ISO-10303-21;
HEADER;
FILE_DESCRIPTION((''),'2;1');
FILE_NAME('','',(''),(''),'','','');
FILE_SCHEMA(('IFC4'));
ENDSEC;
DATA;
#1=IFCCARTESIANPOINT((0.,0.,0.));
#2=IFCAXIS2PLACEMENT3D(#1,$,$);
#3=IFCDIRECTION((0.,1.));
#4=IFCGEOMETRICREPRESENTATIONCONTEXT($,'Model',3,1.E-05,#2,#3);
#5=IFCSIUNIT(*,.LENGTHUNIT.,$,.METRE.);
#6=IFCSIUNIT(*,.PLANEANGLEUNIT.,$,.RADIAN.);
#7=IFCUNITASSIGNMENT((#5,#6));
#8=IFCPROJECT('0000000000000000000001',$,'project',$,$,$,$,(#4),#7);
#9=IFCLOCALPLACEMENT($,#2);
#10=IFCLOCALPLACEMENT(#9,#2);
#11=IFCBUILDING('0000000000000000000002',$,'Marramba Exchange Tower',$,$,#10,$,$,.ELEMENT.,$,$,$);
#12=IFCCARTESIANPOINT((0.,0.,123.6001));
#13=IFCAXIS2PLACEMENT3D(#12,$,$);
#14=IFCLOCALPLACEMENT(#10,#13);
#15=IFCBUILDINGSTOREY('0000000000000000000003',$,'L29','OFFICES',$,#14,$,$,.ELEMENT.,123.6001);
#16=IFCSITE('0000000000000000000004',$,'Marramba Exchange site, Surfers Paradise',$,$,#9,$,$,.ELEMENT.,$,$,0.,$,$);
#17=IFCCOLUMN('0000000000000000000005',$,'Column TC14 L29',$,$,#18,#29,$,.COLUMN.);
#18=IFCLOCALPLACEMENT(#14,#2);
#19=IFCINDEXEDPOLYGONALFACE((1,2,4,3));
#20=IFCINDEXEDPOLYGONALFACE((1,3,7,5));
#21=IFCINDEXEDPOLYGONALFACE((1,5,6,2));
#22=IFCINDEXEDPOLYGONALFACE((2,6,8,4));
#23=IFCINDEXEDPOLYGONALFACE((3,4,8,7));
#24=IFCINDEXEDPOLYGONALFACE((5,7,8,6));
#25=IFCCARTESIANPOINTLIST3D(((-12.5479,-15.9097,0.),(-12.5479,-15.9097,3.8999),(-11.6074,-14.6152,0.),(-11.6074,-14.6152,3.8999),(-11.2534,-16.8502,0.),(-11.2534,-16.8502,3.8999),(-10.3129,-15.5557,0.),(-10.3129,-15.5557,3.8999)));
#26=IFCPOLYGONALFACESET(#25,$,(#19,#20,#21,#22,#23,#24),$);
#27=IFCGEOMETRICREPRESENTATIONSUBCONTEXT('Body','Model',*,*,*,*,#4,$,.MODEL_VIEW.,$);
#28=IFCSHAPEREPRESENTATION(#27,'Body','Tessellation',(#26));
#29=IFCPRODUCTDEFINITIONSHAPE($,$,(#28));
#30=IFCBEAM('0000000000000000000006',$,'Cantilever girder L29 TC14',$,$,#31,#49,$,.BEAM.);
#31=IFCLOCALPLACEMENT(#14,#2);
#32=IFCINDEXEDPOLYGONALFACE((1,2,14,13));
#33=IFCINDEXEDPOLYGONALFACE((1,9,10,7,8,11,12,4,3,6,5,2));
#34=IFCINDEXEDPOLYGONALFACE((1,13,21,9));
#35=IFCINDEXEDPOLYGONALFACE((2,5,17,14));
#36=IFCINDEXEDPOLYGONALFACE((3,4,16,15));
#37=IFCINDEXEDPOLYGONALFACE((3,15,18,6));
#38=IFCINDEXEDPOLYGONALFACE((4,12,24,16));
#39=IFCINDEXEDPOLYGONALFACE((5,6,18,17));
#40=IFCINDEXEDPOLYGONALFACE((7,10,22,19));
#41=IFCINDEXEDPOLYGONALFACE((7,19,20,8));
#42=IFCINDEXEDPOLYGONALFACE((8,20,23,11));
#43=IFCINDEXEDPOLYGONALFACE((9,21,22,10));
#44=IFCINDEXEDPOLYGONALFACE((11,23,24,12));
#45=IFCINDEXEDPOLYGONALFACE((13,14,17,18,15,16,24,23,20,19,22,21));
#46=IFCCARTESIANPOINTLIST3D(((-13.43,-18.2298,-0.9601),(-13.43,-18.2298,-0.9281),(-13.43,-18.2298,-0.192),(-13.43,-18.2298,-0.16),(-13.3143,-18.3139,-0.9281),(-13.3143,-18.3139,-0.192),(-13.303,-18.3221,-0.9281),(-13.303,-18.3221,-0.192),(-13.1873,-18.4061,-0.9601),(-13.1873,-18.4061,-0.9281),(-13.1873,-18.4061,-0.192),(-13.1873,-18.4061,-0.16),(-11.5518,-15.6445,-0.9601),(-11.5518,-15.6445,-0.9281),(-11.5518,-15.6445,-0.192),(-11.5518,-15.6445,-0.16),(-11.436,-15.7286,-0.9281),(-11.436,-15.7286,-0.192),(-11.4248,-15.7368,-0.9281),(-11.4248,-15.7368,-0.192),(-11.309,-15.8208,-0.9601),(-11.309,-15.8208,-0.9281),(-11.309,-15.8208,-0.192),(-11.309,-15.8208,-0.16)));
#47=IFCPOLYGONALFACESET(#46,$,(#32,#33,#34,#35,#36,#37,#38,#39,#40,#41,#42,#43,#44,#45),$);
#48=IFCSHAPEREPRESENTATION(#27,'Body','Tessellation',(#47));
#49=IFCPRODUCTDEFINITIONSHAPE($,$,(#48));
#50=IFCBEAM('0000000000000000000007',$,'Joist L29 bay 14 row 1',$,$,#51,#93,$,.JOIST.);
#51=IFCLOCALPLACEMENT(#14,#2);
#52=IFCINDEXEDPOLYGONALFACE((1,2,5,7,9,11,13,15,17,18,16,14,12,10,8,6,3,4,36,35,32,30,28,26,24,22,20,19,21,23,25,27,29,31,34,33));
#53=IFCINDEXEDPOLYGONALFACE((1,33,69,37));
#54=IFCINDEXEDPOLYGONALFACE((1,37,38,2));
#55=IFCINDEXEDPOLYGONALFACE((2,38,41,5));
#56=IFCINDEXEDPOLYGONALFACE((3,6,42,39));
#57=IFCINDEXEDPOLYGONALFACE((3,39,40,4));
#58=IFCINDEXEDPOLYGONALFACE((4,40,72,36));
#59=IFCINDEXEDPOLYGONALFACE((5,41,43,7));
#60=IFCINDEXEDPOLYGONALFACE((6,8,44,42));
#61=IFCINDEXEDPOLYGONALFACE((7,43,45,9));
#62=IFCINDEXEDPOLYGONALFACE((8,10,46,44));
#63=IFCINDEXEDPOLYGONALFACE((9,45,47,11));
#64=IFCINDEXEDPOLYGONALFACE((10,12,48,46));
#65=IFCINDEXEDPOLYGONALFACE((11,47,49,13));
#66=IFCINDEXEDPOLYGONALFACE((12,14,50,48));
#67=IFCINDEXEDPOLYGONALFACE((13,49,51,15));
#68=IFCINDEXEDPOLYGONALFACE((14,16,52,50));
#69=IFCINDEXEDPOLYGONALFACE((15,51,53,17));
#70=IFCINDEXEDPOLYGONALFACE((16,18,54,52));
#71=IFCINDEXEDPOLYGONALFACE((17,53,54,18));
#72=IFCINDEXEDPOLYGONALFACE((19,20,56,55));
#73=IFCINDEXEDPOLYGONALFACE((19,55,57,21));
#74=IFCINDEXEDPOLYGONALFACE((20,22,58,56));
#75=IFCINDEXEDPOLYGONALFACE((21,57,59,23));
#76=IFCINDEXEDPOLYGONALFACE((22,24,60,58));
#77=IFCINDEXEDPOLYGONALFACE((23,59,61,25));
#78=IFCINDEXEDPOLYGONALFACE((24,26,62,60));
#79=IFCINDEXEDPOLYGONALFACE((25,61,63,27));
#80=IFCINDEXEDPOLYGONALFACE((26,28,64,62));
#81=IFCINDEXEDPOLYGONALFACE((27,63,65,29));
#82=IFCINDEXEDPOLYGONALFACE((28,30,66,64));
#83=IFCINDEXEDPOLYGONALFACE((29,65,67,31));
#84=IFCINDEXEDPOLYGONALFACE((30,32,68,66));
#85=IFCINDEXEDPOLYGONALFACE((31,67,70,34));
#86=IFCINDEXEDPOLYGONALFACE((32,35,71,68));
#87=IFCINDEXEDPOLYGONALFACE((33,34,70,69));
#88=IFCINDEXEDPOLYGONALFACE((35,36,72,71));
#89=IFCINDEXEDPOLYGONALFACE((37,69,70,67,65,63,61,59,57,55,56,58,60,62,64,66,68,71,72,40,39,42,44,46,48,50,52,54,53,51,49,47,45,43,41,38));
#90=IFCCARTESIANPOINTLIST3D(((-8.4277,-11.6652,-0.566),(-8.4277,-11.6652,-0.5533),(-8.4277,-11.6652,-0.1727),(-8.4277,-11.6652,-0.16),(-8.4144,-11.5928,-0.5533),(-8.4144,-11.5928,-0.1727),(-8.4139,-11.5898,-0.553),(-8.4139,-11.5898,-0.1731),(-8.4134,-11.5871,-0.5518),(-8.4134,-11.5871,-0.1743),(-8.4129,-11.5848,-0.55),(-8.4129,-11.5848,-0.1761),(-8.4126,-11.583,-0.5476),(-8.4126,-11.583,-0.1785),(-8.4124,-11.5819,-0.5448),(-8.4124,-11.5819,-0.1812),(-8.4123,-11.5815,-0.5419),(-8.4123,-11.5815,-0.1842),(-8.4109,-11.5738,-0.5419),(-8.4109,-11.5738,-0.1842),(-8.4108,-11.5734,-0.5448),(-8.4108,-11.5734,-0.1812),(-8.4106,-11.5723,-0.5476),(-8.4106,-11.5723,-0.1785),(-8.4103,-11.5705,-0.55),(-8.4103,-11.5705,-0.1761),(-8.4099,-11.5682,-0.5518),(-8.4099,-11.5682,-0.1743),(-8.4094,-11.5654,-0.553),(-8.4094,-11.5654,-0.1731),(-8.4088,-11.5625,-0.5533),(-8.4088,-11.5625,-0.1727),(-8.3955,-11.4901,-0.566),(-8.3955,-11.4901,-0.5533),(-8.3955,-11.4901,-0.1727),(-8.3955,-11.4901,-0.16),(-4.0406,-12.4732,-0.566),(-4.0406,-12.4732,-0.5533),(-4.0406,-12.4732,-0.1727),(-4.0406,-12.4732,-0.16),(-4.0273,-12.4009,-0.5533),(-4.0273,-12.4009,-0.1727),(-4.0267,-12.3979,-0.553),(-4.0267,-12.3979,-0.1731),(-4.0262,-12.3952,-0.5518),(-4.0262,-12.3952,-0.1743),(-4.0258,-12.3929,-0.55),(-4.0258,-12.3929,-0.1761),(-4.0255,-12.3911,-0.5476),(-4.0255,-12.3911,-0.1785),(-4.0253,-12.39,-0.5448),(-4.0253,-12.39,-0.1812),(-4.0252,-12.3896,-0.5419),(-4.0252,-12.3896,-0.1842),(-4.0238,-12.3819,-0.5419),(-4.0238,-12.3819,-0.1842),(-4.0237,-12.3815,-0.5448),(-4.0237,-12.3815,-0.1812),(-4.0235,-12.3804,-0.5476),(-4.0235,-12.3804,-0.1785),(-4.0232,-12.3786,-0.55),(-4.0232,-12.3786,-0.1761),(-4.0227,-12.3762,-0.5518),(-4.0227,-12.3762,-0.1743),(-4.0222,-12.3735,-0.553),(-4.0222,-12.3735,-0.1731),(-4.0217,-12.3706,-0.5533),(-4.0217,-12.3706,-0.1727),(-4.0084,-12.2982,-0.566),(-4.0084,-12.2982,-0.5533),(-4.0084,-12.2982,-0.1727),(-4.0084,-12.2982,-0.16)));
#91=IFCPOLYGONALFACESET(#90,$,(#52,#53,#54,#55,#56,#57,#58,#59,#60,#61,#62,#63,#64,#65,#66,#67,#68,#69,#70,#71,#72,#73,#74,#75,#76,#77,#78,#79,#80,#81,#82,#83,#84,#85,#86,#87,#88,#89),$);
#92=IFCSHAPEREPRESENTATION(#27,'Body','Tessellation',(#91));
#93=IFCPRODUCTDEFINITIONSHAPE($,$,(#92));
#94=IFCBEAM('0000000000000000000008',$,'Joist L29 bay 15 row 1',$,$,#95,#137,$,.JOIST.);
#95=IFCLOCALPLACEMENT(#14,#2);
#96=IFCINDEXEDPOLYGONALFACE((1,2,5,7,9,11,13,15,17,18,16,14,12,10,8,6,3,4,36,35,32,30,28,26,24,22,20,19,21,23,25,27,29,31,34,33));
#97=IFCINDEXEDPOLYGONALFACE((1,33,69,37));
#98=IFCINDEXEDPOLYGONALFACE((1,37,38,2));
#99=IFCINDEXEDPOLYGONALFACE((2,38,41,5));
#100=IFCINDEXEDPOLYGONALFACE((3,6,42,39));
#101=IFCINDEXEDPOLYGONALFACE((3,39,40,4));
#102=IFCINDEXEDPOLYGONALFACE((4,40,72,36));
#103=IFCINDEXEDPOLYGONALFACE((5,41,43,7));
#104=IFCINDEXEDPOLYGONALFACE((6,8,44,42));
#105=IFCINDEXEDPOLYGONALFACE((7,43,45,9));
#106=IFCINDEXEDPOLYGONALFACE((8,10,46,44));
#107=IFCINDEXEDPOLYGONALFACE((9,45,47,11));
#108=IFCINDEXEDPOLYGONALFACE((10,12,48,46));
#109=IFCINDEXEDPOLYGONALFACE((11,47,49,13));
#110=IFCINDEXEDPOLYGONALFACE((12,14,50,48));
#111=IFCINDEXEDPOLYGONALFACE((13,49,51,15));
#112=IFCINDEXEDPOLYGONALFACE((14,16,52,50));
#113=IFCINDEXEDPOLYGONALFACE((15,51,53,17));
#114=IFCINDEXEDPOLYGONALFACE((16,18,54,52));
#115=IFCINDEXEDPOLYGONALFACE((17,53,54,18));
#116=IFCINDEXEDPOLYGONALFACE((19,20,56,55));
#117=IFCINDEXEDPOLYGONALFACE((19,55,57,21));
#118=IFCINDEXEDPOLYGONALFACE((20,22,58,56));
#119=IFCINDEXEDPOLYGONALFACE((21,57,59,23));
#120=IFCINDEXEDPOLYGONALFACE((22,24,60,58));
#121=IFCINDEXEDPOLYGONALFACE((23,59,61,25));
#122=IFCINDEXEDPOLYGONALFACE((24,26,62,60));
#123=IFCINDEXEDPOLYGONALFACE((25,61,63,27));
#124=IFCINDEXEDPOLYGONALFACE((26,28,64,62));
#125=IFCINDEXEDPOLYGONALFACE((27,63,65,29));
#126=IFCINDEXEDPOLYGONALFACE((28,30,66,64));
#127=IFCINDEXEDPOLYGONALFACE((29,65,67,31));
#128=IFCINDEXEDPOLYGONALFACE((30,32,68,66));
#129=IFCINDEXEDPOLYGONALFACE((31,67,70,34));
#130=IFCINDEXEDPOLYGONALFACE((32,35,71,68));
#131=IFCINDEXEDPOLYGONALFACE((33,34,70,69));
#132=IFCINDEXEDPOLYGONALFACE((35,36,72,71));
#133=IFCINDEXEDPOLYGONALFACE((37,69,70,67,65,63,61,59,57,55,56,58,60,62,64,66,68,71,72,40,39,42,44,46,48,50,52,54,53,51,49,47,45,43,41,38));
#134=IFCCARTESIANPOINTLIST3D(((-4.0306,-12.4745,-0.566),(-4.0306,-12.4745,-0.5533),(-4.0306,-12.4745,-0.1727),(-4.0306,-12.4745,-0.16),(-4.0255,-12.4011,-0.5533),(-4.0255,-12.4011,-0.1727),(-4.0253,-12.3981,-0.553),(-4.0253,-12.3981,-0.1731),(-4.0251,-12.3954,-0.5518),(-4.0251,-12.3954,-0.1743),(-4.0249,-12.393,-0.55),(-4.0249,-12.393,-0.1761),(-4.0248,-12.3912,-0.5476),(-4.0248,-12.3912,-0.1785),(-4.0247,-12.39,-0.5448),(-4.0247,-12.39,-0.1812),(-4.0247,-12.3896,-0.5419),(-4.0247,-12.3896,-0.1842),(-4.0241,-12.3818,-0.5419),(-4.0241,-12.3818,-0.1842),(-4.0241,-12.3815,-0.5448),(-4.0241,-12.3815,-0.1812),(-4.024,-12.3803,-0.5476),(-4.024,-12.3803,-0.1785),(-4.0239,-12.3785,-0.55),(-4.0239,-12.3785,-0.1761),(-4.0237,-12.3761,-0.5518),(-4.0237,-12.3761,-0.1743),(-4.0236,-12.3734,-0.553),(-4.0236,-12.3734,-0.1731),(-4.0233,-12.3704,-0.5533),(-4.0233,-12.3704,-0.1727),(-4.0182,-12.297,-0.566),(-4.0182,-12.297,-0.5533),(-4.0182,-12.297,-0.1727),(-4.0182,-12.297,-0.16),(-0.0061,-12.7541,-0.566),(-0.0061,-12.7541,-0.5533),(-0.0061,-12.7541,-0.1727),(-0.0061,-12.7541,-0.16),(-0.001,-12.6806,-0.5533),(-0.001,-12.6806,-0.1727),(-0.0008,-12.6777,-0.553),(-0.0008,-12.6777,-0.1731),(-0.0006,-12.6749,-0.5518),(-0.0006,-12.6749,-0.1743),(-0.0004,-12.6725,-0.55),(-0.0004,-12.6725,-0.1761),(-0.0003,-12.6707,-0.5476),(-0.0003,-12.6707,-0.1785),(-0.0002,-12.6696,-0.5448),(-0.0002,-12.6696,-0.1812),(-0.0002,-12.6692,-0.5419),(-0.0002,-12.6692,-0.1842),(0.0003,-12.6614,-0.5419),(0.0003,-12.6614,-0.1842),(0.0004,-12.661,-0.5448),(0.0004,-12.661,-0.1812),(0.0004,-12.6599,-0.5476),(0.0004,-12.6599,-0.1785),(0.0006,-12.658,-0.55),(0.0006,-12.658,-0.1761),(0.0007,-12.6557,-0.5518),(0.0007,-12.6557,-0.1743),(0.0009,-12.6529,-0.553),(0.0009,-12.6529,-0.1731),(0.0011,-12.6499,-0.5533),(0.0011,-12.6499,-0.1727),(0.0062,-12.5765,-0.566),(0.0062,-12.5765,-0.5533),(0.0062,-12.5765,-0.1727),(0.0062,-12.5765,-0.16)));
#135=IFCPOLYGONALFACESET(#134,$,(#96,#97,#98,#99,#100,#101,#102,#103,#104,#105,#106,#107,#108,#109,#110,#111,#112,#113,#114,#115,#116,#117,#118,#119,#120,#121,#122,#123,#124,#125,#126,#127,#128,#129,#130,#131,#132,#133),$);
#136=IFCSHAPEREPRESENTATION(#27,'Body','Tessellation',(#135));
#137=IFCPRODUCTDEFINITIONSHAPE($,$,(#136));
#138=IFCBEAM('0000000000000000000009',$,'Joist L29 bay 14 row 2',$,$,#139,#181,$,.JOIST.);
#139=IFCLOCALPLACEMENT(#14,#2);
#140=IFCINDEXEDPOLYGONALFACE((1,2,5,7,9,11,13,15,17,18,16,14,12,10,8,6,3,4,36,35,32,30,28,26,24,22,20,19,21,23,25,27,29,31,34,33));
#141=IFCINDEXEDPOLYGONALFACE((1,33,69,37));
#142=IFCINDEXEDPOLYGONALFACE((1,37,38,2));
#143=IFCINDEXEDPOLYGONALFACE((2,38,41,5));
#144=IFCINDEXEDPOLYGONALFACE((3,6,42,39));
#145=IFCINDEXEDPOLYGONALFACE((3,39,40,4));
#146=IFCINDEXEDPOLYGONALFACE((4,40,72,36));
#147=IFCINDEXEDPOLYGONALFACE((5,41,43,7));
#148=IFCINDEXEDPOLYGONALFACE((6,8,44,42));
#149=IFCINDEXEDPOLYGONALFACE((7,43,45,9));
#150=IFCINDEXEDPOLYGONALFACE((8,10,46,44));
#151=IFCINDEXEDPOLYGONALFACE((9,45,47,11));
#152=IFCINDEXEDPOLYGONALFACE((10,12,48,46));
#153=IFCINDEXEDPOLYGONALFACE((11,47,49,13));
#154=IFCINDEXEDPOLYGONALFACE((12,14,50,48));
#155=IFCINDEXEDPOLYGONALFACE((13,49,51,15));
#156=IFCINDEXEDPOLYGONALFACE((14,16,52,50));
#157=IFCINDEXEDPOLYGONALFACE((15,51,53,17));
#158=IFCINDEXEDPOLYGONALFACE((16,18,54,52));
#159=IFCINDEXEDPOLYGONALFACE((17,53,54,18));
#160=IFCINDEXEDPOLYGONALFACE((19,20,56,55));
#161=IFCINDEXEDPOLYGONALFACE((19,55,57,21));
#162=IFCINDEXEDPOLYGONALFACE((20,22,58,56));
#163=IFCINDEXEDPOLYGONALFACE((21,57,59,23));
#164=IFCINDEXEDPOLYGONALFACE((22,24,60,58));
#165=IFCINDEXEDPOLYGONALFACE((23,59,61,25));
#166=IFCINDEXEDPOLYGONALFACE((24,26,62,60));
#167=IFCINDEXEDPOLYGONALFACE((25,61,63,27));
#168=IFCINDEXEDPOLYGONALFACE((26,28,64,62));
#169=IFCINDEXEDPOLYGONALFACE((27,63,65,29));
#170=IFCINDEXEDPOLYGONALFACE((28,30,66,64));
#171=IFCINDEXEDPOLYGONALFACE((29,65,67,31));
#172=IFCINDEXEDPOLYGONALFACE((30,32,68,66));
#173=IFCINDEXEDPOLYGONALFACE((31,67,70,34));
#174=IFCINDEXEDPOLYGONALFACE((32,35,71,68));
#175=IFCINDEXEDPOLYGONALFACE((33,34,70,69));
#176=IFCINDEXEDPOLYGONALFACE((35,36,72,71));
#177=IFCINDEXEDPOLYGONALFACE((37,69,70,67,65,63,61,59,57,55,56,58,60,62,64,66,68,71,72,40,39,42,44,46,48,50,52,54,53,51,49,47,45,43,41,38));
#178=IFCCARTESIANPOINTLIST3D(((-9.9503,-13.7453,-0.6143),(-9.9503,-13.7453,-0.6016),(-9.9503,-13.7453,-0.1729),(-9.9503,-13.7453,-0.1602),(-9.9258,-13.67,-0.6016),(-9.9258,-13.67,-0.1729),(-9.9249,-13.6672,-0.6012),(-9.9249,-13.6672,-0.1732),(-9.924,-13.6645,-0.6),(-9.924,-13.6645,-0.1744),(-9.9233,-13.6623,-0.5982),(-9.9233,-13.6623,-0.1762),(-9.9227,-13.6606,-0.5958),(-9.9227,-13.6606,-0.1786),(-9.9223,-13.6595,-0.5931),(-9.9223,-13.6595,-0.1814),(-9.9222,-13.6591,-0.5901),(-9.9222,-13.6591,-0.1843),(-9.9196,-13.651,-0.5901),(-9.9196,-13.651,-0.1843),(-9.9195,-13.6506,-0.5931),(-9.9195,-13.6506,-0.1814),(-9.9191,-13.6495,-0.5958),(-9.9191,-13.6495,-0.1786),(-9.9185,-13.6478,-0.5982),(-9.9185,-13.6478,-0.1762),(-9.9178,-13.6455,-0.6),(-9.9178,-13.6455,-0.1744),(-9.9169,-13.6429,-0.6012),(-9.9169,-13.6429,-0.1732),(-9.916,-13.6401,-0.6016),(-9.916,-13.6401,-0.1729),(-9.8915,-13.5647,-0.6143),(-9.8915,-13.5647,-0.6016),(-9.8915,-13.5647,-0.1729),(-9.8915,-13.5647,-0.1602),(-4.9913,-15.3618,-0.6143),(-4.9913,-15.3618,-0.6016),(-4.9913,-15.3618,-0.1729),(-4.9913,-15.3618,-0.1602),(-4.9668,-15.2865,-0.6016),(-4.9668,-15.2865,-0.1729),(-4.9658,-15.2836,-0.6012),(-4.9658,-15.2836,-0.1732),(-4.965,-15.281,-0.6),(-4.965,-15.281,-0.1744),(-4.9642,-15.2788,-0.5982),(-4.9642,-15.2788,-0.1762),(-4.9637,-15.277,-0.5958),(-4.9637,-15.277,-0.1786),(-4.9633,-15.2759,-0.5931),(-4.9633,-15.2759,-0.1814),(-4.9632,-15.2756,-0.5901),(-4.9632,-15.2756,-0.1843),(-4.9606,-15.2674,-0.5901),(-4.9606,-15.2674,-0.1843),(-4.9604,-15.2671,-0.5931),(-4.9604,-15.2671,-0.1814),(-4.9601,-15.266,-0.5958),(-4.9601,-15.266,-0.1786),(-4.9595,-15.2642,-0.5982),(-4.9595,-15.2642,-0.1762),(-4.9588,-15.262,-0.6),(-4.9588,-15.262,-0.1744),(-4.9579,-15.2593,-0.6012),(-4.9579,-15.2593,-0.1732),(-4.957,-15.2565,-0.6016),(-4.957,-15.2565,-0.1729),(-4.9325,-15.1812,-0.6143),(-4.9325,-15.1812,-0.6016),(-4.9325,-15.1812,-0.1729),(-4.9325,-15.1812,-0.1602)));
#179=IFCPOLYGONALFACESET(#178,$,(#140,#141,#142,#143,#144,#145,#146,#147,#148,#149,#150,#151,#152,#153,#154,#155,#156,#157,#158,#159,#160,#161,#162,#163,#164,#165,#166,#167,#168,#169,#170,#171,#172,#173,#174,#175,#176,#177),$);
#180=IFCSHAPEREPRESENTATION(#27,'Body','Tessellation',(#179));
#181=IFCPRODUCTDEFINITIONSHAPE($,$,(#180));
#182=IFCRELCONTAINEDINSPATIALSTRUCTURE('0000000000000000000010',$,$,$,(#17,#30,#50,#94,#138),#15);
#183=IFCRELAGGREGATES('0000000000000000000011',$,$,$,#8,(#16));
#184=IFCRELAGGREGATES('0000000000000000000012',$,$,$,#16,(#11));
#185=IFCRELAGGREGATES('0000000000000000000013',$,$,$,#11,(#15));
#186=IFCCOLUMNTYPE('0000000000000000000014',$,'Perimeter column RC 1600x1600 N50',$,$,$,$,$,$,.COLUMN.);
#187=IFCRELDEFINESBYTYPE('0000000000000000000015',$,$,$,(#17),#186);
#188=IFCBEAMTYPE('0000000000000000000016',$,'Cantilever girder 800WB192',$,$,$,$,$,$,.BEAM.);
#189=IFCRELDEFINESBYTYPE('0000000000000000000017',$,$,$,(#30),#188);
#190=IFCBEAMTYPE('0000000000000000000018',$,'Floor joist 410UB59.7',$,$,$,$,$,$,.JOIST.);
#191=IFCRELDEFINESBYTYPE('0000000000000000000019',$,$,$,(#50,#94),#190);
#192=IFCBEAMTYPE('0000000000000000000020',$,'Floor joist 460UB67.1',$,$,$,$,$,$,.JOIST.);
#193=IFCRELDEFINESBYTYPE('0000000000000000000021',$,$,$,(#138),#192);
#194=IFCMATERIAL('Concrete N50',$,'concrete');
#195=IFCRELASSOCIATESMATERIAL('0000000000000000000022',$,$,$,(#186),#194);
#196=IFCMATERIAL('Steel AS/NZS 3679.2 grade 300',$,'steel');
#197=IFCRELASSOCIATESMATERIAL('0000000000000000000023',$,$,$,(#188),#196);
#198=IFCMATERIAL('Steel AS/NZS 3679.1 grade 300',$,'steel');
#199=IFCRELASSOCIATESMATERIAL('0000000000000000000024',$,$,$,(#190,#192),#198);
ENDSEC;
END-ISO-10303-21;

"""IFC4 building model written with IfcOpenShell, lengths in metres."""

from ifc_helpers import new_model, si_unit, direction, frame, origin, origin_2d, place, context, subcontext, project, spatial, rectangle, i_section, extrude, material, material_profile, profile_set, type_object, element, save


model = new_model("IFC4")

# Units and contexts
model_context = context("Model", 3, precision=1e-05, world=origin(), true_north=direction((0.0, 1.0)))
body_context = subcontext(model_context, "Body", "Model", "MODEL_VIEW")
ifc_project = project(units=[si_unit("LENGTHUNIT", "METRE"), si_unit("PLANEANGLEUNIT", "RADIAN")], contexts=[model_context])

# Site, building, storey
site_placement = place(None, origin())
site = spatial("IfcSite", under=ifc_project, at=site_placement, Name="Marramba Exchange site, Surfers Paradise", CompositionType="ELEMENT", RefElevation=0.0)
building_placement = place(site_placement, origin())
building = spatial("IfcBuilding", under=site, at=building_placement, Name="Marramba Exchange Tower", CompositionType="ELEMENT")
storey_placement = place(building_placement, frame((0.0, 0.0, 123.6001)))
storey = spatial("IfcBuildingStorey", under=building, at=storey_placement, Name="L29", Description="OFFICES", CompositionType="ELEMENT", Elevation=123.6001)

# Column
ifc_material_1 = material(Name="Concrete N50", Category="concrete")
ifc_material_profile_1 = material_profile(ifc_material_1, rectangle(XDim=1.6001, YDim=1.6001, at=origin_2d()), Name="RC 1600x1600")
ifc_profile_set_1 = profile_set([ifc_material_profile_1], Name="Concrete N50")
column_type = type_object("IfcColumnType", Name="Perimeter column RC 1600x1600 N50", PredefinedType="COLUMN", material=ifc_profile_set_1)
column_placement = place(storey_placement, frame((-11.4304, -15.7327, 0.0), z_axis=(0.0, 0.0, 1.0), x_axis=(-0.587785, -0.809017, 0.0)))
element("IfcColumn", 1, at=column_placement, inside=storey, type_object=column_type, Name="Column TC14 L29", PredefinedType="COLUMN", context=body_context, shape_type="SweptSolid", body=[
    extrude(rectangle(XDim=1.6001, YDim=1.6001, at=origin_2d()), origin(), (0.0, 0.0, 1.0), 3.8999),
])

# Beams
ifc_material_2 = material(Name="Steel AS/NZS 3679.2 grade 300", Category="steel")
ifc_material_profile_2 = material_profile(ifc_material_2, i_section(OverallWidth=0.3, OverallDepth=0.8, WebThickness=0.0139, FlangeThickness=0.032, at=origin_2d()), Name="800WB192")
ifc_profile_set_2 = profile_set([ifc_material_profile_2], Name="Steel AS/NZS 3679.2 grade 300")
beam_type_1 = type_object("IfcBeamType", Name="Cantilever girder 800WB192", PredefinedType="BEAM", material=ifc_profile_set_2)
beam_1_placement = place(storey_placement, frame((-11.4304, -15.7327, -0.5601), z_axis=(-0.587767, -0.80903, 0.0), x_axis=(0.80903, -0.587767, 0.0)))
element("IfcBeam", 2, at=beam_1_placement, inside=storey, type_object=beam_type_1, Name="Cantilever girder L29 TC14", PredefinedType="BEAM", context=body_context, shape_type="SweptSolid", body=[
    extrude(i_section(OverallWidth=0.3, OverallDepth=0.8, WebThickness=0.0139, FlangeThickness=0.032, at=origin_2d()), origin(), (0.0, 0.0, 1.0), 3.1956),
])
ifc_material_3 = material(Name="Steel AS/NZS 3679.1 grade 300", Category="steel")
ifc_material_profile_3 = material_profile(ifc_material_3, i_section(OverallWidth=0.178, OverallDepth=0.406, WebThickness=0.0078, FlangeThickness=0.0127, FilletRadius=0.0115, at=origin_2d()), Name="410UB59.7")
ifc_profile_set_3 = profile_set([ifc_material_profile_3], Name="Steel AS/NZS 3679.1 grade 300")
beam_type_2 = type_object("IfcBeamType", Name="Floor joist 410UB59.7", PredefinedType="JOIST", material=ifc_profile_set_3)
beam_2_placement = place(storey_placement, frame((-8.4116, -11.5776, -0.363), z_axis=(0.983456, -0.181149, 0.0), x_axis=(0.181149, 0.983456, 0.0)))
element("IfcBeam", 3, at=beam_2_placement, inside=storey, type_object=beam_type_2, Name="Joist L29 bay 14 row 1", PredefinedType="JOIST", context=body_context, shape_type="SweptSolid", body=[
    extrude(i_section(OverallWidth=0.178, OverallDepth=0.406, WebThickness=0.0078, FlangeThickness=0.0127, FilletRadius=0.0115, at=origin_2d()), origin(), (0.0, 0.0, 1.0), 4.4609),
])
beam_3_placement = place(storey_placement, frame((-4.0244, -12.3857, -0.363), z_axis=(0.997596, -0.069294, 0.0), x_axis=(0.069294, 0.997596, 0.0)))
element("IfcBeam", 4, at=beam_3_placement, inside=storey, type_object=beam_type_2, Name="Joist L29 bay 15 row 1", PredefinedType="JOIST", context=body_context, shape_type="SweptSolid", body=[
    extrude(i_section(OverallWidth=0.178, OverallDepth=0.406, WebThickness=0.0078, FlangeThickness=0.0127, FilletRadius=0.0115, at=origin_2d()), origin(), (0.0, 0.0, 1.0), 4.0342),
])
ifc_material_profile_4 = material_profile(ifc_material_3, i_section(OverallWidth=0.1899, OverallDepth=0.4541, WebThickness=0.0085, FlangeThickness=0.0127, FilletRadius=0.0115, at=origin_2d()), Name="460UB67.1")
ifc_profile_set_4 = profile_set([ifc_material_profile_4], Name="Steel AS/NZS 3679.1 grade 300")
beam_type_3 = type_object("IfcBeamType", Name="Floor joist 460UB67.1", PredefinedType="JOIST", material=ifc_profile_set_4)
beam_4_placement = place(storey_placement, frame((-9.9209, -13.655, -0.3872), z_axis=(0.950764, -0.309916, 0.0), x_axis=(0.309916, 0.950764, 0.0)))
element("IfcBeam", 5, at=beam_4_placement, inside=storey, type_object=beam_type_3, Name="Joist L29 bay 14 row 2", PredefinedType="JOIST", context=body_context, shape_type="SweptSolid", body=[
    extrude(i_section(OverallWidth=0.1899, OverallDepth=0.4541, WebThickness=0.0085, FlangeThickness=0.0127, FilletRadius=0.0115, at=origin_2d()), origin(), (0.0, 0.0, 1.0), 5.2158),
])

save(model, "model.ifc")
